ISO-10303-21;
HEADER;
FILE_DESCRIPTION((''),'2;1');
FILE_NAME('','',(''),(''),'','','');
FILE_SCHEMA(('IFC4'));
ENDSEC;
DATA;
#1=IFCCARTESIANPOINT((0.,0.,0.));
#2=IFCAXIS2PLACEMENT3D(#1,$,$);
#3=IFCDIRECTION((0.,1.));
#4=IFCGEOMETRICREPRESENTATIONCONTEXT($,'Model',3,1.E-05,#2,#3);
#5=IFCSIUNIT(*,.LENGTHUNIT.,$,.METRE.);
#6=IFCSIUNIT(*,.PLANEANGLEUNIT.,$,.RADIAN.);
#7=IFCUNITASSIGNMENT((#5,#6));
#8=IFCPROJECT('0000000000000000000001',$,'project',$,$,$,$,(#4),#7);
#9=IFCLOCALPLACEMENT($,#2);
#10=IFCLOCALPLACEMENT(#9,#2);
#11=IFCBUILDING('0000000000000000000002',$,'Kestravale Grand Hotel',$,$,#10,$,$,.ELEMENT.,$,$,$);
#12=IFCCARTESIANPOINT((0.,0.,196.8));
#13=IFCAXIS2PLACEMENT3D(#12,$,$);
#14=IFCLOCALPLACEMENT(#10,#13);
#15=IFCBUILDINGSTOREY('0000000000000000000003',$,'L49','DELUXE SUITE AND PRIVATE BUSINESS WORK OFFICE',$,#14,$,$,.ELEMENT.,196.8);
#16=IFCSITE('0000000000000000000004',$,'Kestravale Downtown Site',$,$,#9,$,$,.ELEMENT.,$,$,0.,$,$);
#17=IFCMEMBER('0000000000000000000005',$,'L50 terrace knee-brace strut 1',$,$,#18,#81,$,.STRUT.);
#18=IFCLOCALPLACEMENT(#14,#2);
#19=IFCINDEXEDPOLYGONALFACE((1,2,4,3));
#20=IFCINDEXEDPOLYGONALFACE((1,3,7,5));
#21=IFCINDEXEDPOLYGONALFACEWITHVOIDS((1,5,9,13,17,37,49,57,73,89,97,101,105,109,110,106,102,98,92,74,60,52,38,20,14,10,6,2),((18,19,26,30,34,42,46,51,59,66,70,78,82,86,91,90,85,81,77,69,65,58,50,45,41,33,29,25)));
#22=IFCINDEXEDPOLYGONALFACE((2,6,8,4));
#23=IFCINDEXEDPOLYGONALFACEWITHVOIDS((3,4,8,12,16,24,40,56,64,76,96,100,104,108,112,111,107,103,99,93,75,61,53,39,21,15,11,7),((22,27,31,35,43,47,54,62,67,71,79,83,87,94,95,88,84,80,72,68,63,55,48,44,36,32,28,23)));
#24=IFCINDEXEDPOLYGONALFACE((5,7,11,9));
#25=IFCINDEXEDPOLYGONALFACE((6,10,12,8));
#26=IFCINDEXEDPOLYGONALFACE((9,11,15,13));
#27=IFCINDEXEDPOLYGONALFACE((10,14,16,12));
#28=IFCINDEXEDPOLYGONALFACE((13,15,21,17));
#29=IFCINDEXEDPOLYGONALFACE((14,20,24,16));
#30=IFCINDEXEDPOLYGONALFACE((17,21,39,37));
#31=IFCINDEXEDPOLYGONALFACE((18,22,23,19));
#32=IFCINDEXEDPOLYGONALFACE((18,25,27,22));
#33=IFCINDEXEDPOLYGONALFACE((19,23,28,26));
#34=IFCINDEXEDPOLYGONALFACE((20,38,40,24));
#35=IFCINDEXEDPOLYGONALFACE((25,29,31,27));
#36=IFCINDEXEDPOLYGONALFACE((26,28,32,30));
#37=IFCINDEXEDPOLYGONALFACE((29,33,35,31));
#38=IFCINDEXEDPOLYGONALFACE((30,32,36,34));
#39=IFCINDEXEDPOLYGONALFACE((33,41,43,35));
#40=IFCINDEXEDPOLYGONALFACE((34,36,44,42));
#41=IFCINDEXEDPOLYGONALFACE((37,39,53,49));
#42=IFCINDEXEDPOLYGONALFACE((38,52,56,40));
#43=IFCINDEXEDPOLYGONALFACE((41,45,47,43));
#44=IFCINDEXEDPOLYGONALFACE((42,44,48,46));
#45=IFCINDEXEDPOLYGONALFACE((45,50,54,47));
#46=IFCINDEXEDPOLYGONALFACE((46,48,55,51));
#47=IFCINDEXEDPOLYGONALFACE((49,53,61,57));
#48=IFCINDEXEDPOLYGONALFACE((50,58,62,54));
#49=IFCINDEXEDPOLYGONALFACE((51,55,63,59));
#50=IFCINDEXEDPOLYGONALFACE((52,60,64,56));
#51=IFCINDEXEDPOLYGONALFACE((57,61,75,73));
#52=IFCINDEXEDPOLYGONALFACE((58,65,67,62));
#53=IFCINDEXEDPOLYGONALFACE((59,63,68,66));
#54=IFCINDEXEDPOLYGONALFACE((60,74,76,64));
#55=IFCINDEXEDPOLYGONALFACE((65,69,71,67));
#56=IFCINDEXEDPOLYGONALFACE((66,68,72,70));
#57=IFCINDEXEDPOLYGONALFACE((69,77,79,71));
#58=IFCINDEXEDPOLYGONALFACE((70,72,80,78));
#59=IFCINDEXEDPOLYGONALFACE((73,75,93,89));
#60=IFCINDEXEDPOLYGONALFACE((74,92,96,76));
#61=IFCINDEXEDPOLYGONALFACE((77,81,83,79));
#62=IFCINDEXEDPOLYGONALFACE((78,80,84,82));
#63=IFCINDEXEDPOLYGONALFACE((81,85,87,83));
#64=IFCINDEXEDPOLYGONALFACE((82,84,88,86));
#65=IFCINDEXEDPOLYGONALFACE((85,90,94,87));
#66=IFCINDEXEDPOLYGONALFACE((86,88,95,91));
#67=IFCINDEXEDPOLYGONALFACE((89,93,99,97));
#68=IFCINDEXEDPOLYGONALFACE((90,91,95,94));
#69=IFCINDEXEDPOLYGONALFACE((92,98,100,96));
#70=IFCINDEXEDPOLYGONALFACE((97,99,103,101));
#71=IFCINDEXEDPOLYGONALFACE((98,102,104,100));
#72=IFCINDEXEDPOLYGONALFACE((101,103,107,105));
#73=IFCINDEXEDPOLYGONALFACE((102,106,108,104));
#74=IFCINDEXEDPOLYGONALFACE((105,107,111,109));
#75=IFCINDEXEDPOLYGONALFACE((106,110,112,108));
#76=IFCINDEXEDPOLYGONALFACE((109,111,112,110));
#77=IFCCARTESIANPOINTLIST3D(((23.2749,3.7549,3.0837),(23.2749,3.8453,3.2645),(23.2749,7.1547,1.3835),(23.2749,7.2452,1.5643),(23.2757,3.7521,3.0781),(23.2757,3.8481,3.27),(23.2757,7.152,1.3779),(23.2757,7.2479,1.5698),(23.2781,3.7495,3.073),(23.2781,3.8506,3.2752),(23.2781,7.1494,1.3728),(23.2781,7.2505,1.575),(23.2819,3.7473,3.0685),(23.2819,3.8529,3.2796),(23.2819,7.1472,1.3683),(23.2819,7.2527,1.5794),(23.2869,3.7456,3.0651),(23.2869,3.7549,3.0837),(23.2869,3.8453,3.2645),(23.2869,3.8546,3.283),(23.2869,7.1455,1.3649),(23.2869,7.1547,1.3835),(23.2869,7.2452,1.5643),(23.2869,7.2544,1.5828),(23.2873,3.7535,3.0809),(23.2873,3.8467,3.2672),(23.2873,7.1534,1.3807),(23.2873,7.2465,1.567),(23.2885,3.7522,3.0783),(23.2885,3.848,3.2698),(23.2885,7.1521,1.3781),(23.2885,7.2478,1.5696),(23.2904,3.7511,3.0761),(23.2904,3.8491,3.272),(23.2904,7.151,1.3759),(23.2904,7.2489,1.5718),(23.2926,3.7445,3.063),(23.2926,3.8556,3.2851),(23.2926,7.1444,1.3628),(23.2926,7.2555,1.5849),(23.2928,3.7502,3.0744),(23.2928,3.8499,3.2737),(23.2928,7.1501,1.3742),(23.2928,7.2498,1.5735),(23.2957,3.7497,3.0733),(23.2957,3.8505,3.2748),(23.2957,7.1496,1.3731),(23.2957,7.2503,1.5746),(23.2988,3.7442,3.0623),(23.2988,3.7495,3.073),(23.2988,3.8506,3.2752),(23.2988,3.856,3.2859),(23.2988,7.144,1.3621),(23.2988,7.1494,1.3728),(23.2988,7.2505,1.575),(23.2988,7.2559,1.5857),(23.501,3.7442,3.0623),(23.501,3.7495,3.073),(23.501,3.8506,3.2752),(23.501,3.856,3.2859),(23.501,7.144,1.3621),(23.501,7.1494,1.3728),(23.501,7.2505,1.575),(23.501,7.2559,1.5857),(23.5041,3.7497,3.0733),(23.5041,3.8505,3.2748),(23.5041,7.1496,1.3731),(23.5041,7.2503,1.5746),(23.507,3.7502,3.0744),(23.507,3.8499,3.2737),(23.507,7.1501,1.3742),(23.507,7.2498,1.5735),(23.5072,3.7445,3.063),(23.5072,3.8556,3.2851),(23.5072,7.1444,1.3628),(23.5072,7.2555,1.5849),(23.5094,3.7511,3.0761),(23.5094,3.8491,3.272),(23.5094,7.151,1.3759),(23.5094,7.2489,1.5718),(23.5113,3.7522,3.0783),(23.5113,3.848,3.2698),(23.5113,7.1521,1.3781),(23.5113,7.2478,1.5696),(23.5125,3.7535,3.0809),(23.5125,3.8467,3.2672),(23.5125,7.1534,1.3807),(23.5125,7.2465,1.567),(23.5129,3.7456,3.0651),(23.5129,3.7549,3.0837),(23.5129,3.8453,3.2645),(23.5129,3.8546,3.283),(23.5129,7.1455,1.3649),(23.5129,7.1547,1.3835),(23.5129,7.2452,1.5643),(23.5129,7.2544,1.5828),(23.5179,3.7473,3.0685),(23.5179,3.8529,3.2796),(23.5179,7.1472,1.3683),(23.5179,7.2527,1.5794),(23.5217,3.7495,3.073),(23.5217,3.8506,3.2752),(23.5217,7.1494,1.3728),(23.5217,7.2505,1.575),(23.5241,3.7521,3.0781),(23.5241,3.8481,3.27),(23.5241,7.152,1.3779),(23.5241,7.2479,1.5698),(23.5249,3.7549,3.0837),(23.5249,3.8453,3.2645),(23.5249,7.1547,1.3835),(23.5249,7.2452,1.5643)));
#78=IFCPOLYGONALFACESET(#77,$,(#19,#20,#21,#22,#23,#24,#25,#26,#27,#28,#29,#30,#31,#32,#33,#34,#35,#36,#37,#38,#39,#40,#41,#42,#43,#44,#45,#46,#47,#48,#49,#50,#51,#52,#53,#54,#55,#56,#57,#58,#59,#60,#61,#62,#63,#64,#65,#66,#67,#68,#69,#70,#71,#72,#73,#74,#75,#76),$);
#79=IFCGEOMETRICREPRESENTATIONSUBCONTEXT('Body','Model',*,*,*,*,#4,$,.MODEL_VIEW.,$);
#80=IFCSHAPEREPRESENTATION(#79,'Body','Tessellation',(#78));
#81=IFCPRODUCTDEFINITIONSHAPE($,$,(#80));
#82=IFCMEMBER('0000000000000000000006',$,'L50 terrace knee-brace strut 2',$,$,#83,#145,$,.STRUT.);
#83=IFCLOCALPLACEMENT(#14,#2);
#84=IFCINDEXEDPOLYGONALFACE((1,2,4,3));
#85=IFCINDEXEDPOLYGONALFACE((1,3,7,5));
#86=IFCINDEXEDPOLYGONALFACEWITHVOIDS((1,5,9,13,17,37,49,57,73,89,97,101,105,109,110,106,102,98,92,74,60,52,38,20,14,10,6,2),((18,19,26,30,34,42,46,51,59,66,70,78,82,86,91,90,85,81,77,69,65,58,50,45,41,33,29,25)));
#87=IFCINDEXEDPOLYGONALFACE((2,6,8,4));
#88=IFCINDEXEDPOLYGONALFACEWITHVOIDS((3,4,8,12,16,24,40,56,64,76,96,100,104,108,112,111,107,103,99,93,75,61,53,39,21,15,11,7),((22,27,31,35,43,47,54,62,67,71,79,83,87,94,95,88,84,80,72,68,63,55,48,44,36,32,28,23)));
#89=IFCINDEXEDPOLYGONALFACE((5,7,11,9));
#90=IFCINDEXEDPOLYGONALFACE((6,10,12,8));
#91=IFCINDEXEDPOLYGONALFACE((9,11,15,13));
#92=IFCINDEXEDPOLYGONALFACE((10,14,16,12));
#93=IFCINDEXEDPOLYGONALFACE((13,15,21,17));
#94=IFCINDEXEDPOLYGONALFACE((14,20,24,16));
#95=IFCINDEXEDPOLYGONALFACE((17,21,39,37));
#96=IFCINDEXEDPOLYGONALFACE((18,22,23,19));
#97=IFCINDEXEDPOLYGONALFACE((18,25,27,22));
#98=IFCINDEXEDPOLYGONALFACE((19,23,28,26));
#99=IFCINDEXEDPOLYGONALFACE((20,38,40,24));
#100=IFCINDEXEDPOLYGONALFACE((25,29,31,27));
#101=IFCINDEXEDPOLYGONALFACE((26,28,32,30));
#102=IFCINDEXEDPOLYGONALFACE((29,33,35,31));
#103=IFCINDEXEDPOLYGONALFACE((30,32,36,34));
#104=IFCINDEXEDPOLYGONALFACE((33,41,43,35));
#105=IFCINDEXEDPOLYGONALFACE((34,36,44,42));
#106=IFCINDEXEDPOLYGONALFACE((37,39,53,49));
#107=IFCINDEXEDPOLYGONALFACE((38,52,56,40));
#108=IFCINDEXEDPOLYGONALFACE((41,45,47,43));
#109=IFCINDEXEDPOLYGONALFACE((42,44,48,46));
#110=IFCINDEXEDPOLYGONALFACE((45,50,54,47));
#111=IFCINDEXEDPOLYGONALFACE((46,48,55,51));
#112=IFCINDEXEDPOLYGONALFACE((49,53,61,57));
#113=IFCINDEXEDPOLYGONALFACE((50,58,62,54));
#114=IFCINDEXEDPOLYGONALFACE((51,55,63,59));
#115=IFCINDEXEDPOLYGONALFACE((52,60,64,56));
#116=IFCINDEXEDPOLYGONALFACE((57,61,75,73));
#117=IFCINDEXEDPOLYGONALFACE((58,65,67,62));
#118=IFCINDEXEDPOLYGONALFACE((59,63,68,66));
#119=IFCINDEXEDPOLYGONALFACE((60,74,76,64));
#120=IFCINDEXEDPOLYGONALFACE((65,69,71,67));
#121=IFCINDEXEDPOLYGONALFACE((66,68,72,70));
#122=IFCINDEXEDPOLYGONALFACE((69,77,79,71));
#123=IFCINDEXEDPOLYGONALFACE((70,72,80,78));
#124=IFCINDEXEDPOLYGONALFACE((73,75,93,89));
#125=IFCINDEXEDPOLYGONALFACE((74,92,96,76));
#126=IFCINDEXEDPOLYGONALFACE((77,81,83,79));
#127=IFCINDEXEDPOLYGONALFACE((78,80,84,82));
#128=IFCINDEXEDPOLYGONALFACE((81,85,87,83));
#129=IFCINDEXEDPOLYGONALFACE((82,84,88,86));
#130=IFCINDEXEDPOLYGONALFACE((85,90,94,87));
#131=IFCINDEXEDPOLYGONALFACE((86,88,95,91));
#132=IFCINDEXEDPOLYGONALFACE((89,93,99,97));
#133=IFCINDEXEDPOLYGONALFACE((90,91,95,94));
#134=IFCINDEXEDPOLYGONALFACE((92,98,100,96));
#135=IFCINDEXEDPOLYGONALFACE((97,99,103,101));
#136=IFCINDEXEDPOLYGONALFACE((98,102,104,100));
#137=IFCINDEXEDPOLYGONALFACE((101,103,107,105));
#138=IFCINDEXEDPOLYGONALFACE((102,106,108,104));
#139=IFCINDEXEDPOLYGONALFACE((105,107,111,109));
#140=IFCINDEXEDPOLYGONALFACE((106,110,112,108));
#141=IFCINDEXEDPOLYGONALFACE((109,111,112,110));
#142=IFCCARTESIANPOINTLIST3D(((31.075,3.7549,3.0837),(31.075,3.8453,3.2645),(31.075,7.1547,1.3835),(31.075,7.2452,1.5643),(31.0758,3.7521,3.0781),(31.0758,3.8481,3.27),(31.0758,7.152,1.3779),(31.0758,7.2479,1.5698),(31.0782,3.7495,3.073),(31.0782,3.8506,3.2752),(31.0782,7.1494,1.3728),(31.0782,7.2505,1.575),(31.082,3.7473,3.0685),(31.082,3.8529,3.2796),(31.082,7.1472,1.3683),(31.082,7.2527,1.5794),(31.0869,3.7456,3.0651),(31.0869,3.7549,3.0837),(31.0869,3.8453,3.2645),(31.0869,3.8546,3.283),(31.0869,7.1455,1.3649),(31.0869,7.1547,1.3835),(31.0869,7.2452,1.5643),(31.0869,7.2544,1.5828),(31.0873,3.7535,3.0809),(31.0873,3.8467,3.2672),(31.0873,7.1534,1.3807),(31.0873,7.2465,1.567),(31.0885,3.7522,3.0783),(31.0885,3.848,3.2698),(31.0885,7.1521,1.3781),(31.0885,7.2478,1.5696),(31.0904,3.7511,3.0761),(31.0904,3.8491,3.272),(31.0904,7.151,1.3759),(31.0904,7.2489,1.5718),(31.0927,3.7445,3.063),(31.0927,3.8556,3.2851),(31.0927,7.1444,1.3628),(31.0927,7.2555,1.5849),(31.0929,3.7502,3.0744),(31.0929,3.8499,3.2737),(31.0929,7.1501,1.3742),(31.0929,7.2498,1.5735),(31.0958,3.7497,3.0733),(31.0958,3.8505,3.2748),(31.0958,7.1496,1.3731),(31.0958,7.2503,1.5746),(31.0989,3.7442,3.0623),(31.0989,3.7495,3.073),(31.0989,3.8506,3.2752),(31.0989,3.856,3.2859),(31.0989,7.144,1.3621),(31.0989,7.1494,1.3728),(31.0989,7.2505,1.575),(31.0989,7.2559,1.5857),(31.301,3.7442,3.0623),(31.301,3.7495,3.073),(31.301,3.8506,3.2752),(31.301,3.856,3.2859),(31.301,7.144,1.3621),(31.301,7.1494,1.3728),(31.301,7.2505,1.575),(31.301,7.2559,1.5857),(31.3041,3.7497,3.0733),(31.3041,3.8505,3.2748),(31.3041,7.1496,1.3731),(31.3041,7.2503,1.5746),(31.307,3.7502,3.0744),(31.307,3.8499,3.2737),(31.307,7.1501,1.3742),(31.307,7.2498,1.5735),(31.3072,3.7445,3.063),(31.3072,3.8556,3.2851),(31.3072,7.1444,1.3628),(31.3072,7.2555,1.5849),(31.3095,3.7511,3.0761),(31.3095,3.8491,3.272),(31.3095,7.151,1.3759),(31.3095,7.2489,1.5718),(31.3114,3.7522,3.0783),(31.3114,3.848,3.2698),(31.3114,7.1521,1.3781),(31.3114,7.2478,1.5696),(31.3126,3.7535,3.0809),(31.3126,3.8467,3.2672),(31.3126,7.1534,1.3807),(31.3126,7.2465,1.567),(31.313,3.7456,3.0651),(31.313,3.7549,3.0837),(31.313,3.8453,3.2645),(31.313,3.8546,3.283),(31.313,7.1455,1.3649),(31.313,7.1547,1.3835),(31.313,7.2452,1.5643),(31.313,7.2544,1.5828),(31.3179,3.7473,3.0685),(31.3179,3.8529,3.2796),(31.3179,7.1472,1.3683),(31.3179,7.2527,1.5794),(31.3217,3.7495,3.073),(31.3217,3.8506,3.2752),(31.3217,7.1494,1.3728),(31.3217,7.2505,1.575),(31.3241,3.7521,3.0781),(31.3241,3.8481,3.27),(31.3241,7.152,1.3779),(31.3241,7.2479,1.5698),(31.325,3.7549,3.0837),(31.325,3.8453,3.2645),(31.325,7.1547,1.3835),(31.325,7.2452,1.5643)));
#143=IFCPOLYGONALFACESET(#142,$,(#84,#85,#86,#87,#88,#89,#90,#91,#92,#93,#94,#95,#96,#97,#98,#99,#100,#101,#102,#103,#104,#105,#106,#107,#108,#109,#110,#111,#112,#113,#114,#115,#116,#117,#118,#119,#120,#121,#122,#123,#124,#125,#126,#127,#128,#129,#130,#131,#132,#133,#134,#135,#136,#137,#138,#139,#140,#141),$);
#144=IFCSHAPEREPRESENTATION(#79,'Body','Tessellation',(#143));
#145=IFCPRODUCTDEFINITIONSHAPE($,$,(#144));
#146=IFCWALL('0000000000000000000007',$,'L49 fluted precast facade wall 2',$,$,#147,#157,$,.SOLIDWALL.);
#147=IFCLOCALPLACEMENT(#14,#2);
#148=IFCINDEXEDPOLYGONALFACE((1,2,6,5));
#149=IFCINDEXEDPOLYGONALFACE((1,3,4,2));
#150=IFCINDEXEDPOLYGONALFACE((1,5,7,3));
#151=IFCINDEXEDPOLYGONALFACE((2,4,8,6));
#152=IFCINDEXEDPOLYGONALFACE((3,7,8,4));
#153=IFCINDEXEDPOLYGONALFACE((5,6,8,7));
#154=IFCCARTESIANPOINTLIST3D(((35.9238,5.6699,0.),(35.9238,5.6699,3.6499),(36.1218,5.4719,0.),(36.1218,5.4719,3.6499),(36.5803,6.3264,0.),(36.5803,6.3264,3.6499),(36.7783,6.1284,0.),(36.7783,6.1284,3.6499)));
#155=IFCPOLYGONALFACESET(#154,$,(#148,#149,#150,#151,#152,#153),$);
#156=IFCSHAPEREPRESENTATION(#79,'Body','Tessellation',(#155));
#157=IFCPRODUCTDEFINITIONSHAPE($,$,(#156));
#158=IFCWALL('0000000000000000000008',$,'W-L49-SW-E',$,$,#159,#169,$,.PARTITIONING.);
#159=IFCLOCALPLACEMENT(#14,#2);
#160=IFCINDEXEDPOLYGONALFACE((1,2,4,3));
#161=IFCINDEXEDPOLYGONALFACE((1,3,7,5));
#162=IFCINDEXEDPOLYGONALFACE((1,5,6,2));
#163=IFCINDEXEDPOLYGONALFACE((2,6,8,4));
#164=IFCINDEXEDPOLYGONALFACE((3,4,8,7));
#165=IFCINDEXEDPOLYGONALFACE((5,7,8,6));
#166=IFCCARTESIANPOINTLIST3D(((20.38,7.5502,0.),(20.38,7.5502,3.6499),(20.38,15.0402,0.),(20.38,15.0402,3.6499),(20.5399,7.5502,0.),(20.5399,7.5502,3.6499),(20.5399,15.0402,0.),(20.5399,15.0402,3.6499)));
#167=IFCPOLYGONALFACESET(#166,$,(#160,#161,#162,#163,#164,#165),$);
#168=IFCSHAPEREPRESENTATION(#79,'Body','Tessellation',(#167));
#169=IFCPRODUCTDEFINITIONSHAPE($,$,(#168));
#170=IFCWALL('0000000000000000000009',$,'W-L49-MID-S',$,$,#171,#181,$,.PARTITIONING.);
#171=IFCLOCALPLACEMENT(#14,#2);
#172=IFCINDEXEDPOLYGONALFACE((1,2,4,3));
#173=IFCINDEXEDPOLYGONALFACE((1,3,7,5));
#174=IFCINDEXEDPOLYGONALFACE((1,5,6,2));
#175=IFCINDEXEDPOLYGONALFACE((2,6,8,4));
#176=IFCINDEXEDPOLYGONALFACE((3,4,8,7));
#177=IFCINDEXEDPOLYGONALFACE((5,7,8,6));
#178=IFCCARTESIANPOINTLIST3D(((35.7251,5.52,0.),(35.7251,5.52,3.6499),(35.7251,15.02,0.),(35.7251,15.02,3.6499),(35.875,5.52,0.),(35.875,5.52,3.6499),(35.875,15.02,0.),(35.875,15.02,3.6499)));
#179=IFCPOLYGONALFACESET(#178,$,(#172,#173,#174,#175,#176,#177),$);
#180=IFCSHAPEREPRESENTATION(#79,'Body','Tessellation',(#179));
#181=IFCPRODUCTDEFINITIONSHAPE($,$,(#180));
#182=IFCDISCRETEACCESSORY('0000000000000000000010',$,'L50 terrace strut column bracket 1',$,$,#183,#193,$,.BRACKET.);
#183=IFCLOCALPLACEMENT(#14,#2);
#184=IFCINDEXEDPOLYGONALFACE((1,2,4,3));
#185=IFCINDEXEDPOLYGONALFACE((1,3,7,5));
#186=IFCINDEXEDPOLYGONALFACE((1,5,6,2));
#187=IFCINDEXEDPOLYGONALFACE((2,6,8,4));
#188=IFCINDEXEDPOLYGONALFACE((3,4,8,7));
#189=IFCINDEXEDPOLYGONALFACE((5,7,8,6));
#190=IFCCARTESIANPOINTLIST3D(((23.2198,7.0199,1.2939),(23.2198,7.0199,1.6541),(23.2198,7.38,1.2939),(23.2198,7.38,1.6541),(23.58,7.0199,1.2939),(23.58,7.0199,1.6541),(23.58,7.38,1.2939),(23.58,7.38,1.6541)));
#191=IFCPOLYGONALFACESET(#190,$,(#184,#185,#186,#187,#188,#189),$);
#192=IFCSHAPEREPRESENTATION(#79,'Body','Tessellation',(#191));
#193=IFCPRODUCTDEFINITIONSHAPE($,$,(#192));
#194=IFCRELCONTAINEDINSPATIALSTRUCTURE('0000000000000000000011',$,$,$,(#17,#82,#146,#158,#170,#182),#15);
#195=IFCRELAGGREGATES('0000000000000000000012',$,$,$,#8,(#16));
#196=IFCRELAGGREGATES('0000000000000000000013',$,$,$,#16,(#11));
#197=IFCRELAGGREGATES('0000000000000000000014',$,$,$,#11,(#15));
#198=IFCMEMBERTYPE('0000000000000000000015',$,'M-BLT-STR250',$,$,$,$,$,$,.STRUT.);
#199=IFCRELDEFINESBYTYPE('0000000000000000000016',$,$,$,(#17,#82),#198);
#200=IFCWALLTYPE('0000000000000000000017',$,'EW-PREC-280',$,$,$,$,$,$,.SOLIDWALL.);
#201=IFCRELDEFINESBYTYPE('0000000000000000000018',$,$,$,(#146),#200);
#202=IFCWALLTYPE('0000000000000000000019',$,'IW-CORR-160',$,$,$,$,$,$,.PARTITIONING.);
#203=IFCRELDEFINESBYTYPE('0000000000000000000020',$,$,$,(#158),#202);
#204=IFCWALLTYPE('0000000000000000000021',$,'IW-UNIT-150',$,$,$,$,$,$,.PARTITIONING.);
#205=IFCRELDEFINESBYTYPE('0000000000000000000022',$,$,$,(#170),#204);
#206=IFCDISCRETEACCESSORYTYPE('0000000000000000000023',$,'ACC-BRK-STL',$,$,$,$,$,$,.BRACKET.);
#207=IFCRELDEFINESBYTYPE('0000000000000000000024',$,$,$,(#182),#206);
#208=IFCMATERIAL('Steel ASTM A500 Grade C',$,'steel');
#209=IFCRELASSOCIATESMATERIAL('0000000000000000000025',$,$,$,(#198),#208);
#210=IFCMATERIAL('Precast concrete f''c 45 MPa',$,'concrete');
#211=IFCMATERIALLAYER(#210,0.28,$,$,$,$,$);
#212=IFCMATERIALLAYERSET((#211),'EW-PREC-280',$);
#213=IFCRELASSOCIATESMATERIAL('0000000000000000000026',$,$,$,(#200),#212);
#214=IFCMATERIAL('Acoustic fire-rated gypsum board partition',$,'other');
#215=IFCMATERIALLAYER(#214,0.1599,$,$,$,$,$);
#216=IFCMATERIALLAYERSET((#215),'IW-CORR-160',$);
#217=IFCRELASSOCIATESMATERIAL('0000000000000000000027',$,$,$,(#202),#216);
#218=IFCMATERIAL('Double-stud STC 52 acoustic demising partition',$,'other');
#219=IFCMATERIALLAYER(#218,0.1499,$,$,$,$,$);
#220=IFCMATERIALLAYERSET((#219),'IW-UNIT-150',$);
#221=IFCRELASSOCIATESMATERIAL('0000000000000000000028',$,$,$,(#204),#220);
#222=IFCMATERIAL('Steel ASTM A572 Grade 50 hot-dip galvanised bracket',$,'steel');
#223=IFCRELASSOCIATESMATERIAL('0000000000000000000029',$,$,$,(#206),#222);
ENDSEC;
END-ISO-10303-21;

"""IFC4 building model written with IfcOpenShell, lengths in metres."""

from ifc_helpers import new_model, si_unit, direction, frame, frame_2d, origin, origin_2d, place, context, subcontext, project, spatial, rectangle, hollow_rectangle, extrude, material, layer, layer_set, material_profile, profile_set, type_object, element, save


model = new_model("IFC4")

# Units and contexts
model_context = context("Model", 3, precision=1e-05, world=origin(), true_north=direction((0.0, 1.0)))
body_context = subcontext(model_context, "Body", "Model", "MODEL_VIEW")
ifc_project = project(units=[si_unit("LENGTHUNIT", "METRE"), si_unit("PLANEANGLEUNIT", "RADIAN")], contexts=[model_context])

# Site, building, storey
site_placement = place(None, origin())
site = spatial("IfcSite", under=ifc_project, at=site_placement, Name="Kestravale Downtown Site", CompositionType="ELEMENT", RefElevation=0.0)
building_placement = place(site_placement, origin())
building = spatial("IfcBuilding", under=site, at=building_placement, Name="Kestravale Grand Hotel", CompositionType="ELEMENT")
storey_placement = place(building_placement, frame((0.0, 0.0, 196.8)))
storey = spatial("IfcBuildingStorey", under=building, at=storey_placement, Name="L49", Description="DELUXE SUITE AND PRIVATE BUSINESS WORK OFFICE", CompositionType="ELEMENT", Elevation=196.8)

# Members
ifc_material_1 = material(Name="Steel ASTM A500 Grade C", Category="steel")
ifc_material_profile_1 = material_profile(ifc_material_1, hollow_rectangle(XDim=0.25, YDim=0.25, WallThickness=0.012, InnerFilletRadius=0.012, OuterFilletRadius=0.0239, at=origin_2d()))
ifc_profile_set_1 = profile_set([ifc_material_profile_1], Name="Steel ASTM A500 Grade C")
member_type = type_object("IfcMemberType", Name="M-BLT-STR250", PredefinedType="STRUT", material=ifc_profile_set_1)
for number, where, z_axis, x_axis, name in (
    (1, (23.3999, 7.2, 1.4739), (0.0, -0.894401, 0.447265), (1.0, 0.0, 0.0), "L50 terrace knee-brace strut 1"),
    (2, (31.2, 7.2, 1.4739), (0.0, -0.894401, 0.447265), (1.0, 0.0, 0.0), "L50 terrace knee-brace strut 2"),
):
    element("IfcMember", number, at=place(storey_placement, frame(where, z_axis=z_axis, x_axis=x_axis)), inside=storey, type_object=member_type, Name=name, PredefinedType="STRUT", context=body_context, shape_type="SweptSolid", body=[
        extrude(hollow_rectangle(XDim=0.25, YDim=0.25, WallThickness=0.012, InnerFilletRadius=0.012, OuterFilletRadius=0.0239, at=origin_2d()), origin(), (0.0, 0.0, 1.0), 3.8013),
    ])

# Walls
ifc_material_2 = material(Name="Precast concrete f'c 45 MPa", Category="concrete")
ifc_layer_1 = layer(ifc_material_2, 0.28)
ifc_layer_set_1 = layer_set([ifc_layer_1], Name="EW-PREC-280")
wall_type_1 = type_object("IfcWallType", Name="EW-PREC-280", PredefinedType="SOLIDWALL", material=ifc_layer_set_1)
wall_1_placement = place(storey_placement, frame((36.0227, 5.5708, 0.0), z_axis=(0.0, 0.0, 1.0), x_axis=(0.707107, 0.707107, 0.0)))
element("IfcWall", 3, at=wall_1_placement, inside=storey, type_object=wall_type_1, Name="L49 fluted precast facade wall 2", PredefinedType="SOLIDWALL", context=body_context, shape_type="SweptSolid", body=[
    extrude(rectangle(XDim=0.9285, YDim=0.28, at=frame_2d((0.4644, 0.0))), origin(), (0.0, 0.0, 1.0), 3.6499),
])
ifc_material_3 = material(Name="Acoustic fire-rated gypsum board partition", Category="other")
ifc_layer_2 = layer(ifc_material_3, 0.1599)
ifc_layer_set_2 = layer_set([ifc_layer_2], Name="IW-CORR-160")
wall_type_2 = type_object("IfcWallType", Name="IW-CORR-160", PredefinedType="PARTITIONING", material=ifc_layer_set_2)
wall_2_placement = place(storey_placement, frame((20.46, 7.55, 0.0), z_axis=(0.0, 0.0, 1.0), x_axis=(0.0, 1.0, 0.0)))
element("IfcWall", 4, at=wall_2_placement, inside=storey, type_object=wall_type_2, Name="W-L49-SW-E", PredefinedType="PARTITIONING", context=body_context, shape_type="SweptSolid", body=[
    extrude(rectangle(XDim=7.49, YDim=0.1599, at=frame_2d((3.7451, 0.0))), origin(), (0.0, 0.0, 1.0), 3.6499),
])
ifc_material_4 = material(Name="Double-stud STC 52 acoustic demising partition", Category="other")
ifc_layer_3 = layer(ifc_material_4, 0.1499)
ifc_layer_set_3 = layer_set([ifc_layer_3], Name="IW-UNIT-150")
wall_type_3 = type_object("IfcWallType", Name="IW-UNIT-150", PredefinedType="PARTITIONING", material=ifc_layer_set_3)
wall_3_placement = place(storey_placement, frame((35.8, 5.52, 0.0), z_axis=(0.0, 0.0, 1.0), x_axis=(0.0, 1.0, 0.0)))
element("IfcWall", 5, at=wall_3_placement, inside=storey, type_object=wall_type_3, Name="W-L49-MID-S", PredefinedType="PARTITIONING", context=body_context, shape_type="SweptSolid", body=[
    extrude(rectangle(XDim=9.5, YDim=0.1499, at=frame_2d((4.75, 0.0))), origin(), (0.0, 0.0, 1.0), 3.6499),
])

# Discrete accessory
ifc_material_5 = material(Name="Steel ASTM A572 Grade 50 hot-dip galvanised bracket", Category="steel")
discrete_accessory_type = type_object("IfcDiscreteAccessoryType", Name="ACC-BRK-STL", PredefinedType="BRACKET", material=ifc_material_5)
for number, where, z_axis, x_axis, name in (
    (6, (23.3999, 7.2, 1.2939), (0.0, 0.0, 1.0), (1.0, 0.0, 0.0), "L50 terrace strut column bracket 1"),
):
    element("IfcDiscreteAccessory", number, at=place(storey_placement, frame(where, z_axis=z_axis, x_axis=x_axis)), inside=storey, type_object=discrete_accessory_type, Name=name, PredefinedType="BRACKET", context=body_context, shape_type="SweptSolid", body=[
        extrude(rectangle(XDim=0.3601, YDim=0.3601, at=origin_2d()), origin(), (0.0, 0.0, 1.0), 0.3601),
    ])

save(model, "model.ifc")
